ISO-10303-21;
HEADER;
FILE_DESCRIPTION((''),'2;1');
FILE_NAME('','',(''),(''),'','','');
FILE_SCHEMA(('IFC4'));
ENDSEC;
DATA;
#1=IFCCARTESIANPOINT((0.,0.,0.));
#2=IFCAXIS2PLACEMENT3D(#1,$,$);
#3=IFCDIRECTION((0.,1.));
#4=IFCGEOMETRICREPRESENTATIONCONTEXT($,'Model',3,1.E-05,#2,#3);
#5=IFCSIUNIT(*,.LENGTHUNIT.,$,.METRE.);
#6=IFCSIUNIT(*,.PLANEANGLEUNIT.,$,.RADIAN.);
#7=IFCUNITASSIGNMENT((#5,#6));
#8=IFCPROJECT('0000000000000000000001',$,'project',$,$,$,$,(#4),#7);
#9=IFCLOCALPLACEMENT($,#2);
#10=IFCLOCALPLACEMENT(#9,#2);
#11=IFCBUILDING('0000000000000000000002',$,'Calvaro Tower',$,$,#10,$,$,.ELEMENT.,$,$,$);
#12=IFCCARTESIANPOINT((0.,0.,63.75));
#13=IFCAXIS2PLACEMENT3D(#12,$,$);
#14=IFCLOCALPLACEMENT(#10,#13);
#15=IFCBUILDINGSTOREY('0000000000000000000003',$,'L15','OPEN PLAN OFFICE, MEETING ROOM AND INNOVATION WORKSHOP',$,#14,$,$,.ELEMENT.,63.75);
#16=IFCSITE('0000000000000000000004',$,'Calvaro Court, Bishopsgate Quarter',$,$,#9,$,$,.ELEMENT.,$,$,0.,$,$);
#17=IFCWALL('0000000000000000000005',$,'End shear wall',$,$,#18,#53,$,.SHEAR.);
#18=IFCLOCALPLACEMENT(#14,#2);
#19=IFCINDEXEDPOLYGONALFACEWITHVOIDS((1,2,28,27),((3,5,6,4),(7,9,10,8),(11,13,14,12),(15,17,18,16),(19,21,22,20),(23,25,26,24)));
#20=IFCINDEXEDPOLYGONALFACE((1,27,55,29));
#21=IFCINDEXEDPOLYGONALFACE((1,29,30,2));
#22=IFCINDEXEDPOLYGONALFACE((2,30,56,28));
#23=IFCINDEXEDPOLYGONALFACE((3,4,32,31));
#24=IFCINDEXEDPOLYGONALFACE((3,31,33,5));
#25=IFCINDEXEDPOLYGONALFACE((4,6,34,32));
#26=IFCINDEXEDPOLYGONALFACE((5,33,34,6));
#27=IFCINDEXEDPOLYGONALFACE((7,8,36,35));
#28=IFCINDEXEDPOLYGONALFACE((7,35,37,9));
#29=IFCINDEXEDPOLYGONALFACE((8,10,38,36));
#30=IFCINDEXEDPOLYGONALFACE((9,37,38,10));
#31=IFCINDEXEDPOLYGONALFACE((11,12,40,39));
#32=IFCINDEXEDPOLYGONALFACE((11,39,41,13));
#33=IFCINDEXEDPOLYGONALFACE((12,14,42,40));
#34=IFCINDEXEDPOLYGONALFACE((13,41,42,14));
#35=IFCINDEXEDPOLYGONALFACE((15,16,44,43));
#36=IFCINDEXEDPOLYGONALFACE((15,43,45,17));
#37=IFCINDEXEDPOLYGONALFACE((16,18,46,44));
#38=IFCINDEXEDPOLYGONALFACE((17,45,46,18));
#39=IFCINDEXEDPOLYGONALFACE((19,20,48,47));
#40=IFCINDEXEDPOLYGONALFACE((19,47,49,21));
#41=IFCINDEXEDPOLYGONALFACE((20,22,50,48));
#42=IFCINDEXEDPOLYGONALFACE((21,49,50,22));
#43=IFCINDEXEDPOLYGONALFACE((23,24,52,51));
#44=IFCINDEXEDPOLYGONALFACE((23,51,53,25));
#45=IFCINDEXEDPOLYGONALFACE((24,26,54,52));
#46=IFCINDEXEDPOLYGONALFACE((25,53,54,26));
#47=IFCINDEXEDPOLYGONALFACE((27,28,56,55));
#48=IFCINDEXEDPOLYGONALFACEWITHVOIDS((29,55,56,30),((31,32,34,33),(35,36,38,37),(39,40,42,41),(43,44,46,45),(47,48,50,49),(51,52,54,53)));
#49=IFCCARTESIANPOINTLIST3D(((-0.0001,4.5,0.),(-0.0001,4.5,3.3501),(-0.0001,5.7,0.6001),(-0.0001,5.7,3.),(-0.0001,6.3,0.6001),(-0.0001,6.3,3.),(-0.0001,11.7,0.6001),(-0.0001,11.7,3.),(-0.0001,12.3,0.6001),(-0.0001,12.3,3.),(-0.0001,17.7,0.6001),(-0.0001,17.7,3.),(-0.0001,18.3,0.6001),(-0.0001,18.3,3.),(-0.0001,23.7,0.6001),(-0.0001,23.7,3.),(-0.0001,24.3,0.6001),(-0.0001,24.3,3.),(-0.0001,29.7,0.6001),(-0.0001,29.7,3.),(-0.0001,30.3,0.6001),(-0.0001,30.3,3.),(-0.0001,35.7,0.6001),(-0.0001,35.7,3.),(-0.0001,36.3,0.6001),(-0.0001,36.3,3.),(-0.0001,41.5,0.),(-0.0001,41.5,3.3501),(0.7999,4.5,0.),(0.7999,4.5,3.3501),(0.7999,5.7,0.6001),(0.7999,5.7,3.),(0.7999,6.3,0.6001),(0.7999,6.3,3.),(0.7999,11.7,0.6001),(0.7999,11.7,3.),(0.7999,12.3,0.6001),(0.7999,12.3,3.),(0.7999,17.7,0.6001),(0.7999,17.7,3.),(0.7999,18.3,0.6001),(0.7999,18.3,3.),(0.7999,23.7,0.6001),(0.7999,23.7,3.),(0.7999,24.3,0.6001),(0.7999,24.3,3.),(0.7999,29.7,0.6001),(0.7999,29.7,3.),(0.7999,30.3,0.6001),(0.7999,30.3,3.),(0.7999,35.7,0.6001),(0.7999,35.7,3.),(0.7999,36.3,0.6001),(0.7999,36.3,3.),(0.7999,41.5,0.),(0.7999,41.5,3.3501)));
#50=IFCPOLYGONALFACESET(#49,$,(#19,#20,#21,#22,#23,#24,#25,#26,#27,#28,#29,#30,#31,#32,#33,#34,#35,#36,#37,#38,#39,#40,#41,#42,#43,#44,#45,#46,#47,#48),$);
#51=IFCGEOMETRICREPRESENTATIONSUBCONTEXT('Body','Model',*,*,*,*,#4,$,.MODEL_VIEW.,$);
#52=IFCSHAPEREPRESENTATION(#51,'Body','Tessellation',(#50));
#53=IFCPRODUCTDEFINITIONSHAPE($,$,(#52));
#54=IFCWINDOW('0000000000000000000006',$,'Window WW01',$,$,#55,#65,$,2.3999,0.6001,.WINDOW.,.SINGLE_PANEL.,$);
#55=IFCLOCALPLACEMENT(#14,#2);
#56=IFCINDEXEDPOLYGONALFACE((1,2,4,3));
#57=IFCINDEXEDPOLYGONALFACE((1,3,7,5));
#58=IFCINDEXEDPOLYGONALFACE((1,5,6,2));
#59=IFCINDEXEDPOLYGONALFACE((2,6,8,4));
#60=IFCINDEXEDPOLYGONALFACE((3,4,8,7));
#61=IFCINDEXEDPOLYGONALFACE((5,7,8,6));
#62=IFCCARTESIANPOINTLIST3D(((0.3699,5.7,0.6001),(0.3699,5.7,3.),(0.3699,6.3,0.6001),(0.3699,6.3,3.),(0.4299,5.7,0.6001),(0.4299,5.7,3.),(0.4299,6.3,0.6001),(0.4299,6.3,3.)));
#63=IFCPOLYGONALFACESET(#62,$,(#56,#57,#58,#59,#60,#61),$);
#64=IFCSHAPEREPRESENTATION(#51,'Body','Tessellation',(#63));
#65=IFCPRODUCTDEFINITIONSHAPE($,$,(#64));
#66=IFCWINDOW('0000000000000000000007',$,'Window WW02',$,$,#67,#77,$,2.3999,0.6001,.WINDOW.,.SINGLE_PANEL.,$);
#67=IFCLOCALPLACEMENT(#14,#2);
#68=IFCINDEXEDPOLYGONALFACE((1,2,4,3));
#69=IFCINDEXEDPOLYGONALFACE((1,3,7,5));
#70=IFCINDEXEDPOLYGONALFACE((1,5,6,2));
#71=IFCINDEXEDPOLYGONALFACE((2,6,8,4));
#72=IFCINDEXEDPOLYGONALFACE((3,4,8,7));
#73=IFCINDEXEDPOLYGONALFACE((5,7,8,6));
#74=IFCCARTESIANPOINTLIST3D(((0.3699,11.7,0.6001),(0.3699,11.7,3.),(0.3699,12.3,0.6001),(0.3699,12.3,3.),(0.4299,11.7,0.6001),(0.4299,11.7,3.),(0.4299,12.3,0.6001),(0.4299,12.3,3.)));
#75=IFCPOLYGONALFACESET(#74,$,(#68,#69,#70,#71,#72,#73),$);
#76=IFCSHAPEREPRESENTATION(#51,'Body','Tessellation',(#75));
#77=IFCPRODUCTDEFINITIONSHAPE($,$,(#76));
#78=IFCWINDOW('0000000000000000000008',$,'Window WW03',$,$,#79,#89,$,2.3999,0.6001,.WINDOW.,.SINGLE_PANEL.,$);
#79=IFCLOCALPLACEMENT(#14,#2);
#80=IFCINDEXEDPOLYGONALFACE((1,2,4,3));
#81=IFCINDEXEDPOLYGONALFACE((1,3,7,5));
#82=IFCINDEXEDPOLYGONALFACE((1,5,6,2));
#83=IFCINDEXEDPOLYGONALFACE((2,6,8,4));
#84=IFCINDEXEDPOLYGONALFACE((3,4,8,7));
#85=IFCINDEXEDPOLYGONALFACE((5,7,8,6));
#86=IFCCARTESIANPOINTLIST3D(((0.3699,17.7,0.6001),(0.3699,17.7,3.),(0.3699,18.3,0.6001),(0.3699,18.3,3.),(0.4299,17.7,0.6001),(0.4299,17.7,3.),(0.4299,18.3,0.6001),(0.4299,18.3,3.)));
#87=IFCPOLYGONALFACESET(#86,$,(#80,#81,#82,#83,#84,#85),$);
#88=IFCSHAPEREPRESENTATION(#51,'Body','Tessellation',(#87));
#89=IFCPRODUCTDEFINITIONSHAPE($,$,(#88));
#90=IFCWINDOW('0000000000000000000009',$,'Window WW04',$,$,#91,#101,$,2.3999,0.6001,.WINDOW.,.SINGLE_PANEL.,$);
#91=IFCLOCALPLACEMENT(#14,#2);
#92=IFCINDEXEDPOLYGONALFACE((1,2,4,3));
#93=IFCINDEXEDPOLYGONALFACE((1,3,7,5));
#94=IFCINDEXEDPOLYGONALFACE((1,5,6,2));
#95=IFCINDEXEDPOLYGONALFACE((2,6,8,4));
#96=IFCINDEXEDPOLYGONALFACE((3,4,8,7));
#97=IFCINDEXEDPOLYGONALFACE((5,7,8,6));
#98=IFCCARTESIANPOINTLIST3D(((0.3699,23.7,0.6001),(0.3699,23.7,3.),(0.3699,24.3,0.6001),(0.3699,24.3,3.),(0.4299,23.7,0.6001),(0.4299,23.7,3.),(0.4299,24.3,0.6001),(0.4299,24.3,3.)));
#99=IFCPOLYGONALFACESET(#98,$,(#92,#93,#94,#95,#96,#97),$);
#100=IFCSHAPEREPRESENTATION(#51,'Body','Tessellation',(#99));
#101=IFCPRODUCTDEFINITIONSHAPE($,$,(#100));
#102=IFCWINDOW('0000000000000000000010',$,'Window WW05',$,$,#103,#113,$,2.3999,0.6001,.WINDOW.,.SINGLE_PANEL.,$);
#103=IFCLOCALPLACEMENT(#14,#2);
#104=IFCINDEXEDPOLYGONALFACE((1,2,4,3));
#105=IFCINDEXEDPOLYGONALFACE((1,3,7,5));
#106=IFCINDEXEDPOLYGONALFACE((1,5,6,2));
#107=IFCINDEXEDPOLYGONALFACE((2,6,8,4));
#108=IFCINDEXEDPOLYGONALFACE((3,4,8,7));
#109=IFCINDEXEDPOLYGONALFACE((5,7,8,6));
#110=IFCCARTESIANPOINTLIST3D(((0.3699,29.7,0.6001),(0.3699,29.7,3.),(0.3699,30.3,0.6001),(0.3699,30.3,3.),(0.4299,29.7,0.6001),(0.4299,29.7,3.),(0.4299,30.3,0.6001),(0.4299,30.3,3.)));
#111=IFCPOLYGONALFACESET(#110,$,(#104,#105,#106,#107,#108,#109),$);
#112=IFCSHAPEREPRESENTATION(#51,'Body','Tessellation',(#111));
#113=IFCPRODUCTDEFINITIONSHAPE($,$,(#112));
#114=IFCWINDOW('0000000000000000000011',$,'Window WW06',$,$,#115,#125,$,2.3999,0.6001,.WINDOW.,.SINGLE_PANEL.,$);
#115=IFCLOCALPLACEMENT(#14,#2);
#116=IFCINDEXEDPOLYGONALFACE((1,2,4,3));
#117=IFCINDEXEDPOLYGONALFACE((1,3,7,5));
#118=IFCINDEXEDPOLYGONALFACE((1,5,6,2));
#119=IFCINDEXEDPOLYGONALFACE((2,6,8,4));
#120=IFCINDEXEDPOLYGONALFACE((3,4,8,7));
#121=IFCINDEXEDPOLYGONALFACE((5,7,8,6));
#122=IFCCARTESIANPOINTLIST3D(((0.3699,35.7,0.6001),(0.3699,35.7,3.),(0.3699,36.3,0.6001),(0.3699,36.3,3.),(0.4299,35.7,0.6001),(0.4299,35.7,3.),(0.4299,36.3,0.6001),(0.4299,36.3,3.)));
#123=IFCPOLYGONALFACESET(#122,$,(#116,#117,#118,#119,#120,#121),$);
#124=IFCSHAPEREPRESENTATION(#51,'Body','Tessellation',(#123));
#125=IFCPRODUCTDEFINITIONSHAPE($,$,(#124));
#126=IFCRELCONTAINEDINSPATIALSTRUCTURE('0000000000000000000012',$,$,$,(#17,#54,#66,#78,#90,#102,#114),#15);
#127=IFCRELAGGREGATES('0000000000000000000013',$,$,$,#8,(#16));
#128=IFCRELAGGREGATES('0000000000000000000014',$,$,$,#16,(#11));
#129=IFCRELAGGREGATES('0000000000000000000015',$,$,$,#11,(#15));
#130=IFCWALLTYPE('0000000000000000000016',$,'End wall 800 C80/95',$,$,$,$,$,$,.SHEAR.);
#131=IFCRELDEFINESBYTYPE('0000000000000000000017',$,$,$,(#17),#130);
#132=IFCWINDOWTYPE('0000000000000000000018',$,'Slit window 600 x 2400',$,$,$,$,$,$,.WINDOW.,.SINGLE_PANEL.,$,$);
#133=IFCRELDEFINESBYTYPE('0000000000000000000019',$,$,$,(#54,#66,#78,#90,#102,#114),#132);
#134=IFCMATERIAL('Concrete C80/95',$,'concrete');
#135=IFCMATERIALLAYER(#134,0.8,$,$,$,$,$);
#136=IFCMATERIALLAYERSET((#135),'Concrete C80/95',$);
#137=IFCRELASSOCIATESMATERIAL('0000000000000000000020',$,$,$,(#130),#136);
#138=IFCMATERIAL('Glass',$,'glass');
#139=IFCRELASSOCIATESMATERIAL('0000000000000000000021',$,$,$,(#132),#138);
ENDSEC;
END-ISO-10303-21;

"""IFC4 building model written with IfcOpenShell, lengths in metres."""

from ifc_helpers import new_model, si_unit, direction, frame, frame_2d, origin, place, context, subcontext, project, spatial, rectangle, extrude, material, layer, layer_set, type_object, element, fill, save


model = new_model("IFC4")

# Units and contexts
model_context = context("Model", 3, precision=1e-05, world=origin(), true_north=direction((0.0, 1.0)))
body_context = subcontext(model_context, "Body", "Model", "MODEL_VIEW")
ifc_project = project(units=[si_unit("LENGTHUNIT", "METRE"), si_unit("PLANEANGLEUNIT", "RADIAN")], contexts=[model_context])

# Site, building, storey
site_placement = place(None, origin())
site = spatial("IfcSite", under=ifc_project, at=site_placement, Name="Calvaro Court, Bishopsgate Quarter", CompositionType="ELEMENT", RefElevation=0.0)
building_placement = place(site_placement, origin())
building = spatial("IfcBuilding", under=site, at=building_placement, Name="Calvaro Tower", CompositionType="ELEMENT")
storey_placement = place(building_placement, frame((0.0, 0.0, 63.75)))
storey = spatial("IfcBuildingStorey", under=building, at=storey_placement, Name="L15", Description="OPEN PLAN OFFICE, MEETING ROOM AND INNOVATION WORKSHOP", CompositionType="ELEMENT", Elevation=63.75)

# Wall, openings, windows
ifc_material_1 = material(Name="Concrete C80/95", Category="concrete")
ifc_layer_1 = layer(ifc_material_1, 0.8)
ifc_layer_set_1 = layer_set([ifc_layer_1], Name="Concrete C80/95")
wall_type = type_object("IfcWallType", Name="End wall 800 C80/95", PredefinedType="SHEAR", material=ifc_layer_set_1)
wall_placement = place(storey_placement, frame((0.3999, 4.5, 0.0), z_axis=(0.0, 0.0, 1.0), x_axis=(0.0, 1.0, 0.0)))
wall = element("IfcWall", 1, at=wall_placement, inside=storey, type_object=wall_type, Name="End shear wall", PredefinedType="SHEAR", context=body_context, shape_type="SweptSolid", body=[
    extrude(rectangle(XDim=37.0, YDim=0.8, at=frame_2d((18.5, 0.0))), origin(), (0.0, 0.0, 1.0), 3.3501),
])
opening_1_placement = place(wall_placement, frame((1.2, 0.0, 0.6001)))
opening_1 = element("IfcOpeningElement", 2, at=opening_1_placement, cuts=wall, PredefinedType="OPENING", context=body_context, shape_type="SweptSolid", body=[
    extrude(rectangle(XDim=0.6001, YDim=2.3999, at=frame_2d((0.3, 1.2))), frame((0.0, 0.4099, 0.0), z_axis=(0.0, -1.0, 0.0), x_axis=(1.0, 0.0, 0.0)), (0.0, 0.0, 1.0), 0.8201),
])
opening_2_placement = place(wall_placement, frame((7.2, 0.0, 0.6001)))
opening_2 = element("IfcOpeningElement", 3, at=opening_2_placement, cuts=wall, PredefinedType="OPENING", context=body_context, shape_type="SweptSolid", body=[
    extrude(rectangle(XDim=0.6001, YDim=2.3999, at=frame_2d((0.3, 1.2))), frame((0.0, 0.4099, 0.0), z_axis=(0.0, -1.0, 0.0), x_axis=(1.0, 0.0, 0.0)), (0.0, 0.0, 1.0), 0.8201),
])
opening_3_placement = place(wall_placement, frame((13.2, 0.0, 0.6001)))
opening_3 = element("IfcOpeningElement", 4, at=opening_3_placement, cuts=wall, PredefinedType="OPENING", context=body_context, shape_type="SweptSolid", body=[
    extrude(rectangle(XDim=0.6001, YDim=2.3999, at=frame_2d((0.3, 1.2))), frame((0.0, 0.4099, 0.0), z_axis=(0.0, -1.0, 0.0), x_axis=(1.0, 0.0, 0.0)), (0.0, 0.0, 1.0), 0.8201),
])
opening_4_placement = place(wall_placement, frame((19.2, 0.0, 0.6001)))
opening_4 = element("IfcOpeningElement", 5, at=opening_4_placement, cuts=wall, PredefinedType="OPENING", context=body_context, shape_type="SweptSolid", body=[
    extrude(rectangle(XDim=0.6001, YDim=2.3999, at=frame_2d((0.3, 1.2))), frame((0.0, 0.4099, 0.0), z_axis=(0.0, -1.0, 0.0), x_axis=(1.0, 0.0, 0.0)), (0.0, 0.0, 1.0), 0.8201),
])
opening_5_placement = place(wall_placement, frame((25.2, 0.0, 0.6001)))
opening_5 = element("IfcOpeningElement", 6, at=opening_5_placement, cuts=wall, PredefinedType="OPENING", context=body_context, shape_type="SweptSolid", body=[
    extrude(rectangle(XDim=0.6001, YDim=2.3999, at=frame_2d((0.3, 1.2))), frame((0.0, 0.4099, 0.0), z_axis=(0.0, -1.0, 0.0), x_axis=(1.0, 0.0, 0.0)), (0.0, 0.0, 1.0), 0.8201),
])
opening_6_placement = place(wall_placement, frame((31.2, 0.0, 0.6001)))
opening_6 = element("IfcOpeningElement", 7, at=opening_6_placement, cuts=wall, PredefinedType="OPENING", context=body_context, shape_type="SweptSolid", body=[
    extrude(rectangle(XDim=0.6001, YDim=2.3999, at=frame_2d((0.3, 1.2))), frame((0.0, 0.4099, 0.0), z_axis=(0.0, -1.0, 0.0), x_axis=(1.0, 0.0, 0.0)), (0.0, 0.0, 1.0), 0.8201),
])
ifc_material_2 = material(Name="Glass", Category="glass")
window_type = type_object("IfcWindowType", Name="Slit window 600 x 2400", PartitioningType="SINGLE_PANEL", PredefinedType="WINDOW", material=ifc_material_2)
window_1_placement = place(opening_1_placement, origin())
window_1 = element("IfcWindow", 8, at=window_1_placement, inside=storey, type_object=window_type, Name="Window WW01", OverallHeight=2.3999, OverallWidth=0.6001, PartitioningType="SINGLE_PANEL", PredefinedType="WINDOW", context=body_context, shape_type="SweptSolid", body=[
    extrude(rectangle(XDim=0.6001, YDim=2.3999, at=frame_2d((0.3, 1.2))), frame((0.0, 0.03, 0.0), z_axis=(0.0, -1.0, 0.0), x_axis=(1.0, 0.0, 0.0)), (0.0, 0.0, 1.0), 0.0601),
])
fill(opening_1, window_1)
window_2_placement = place(opening_2_placement, origin())
window_2 = element("IfcWindow", 9, at=window_2_placement, inside=storey, type_object=window_type, Name="Window WW02", OverallHeight=2.3999, OverallWidth=0.6001, PartitioningType="SINGLE_PANEL", PredefinedType="WINDOW", context=body_context, shape_type="SweptSolid", body=[
    extrude(rectangle(XDim=0.6001, YDim=2.3999, at=frame_2d((0.3, 1.2))), frame((0.0, 0.03, 0.0), z_axis=(0.0, -1.0, 0.0), x_axis=(1.0, 0.0, 0.0)), (0.0, 0.0, 1.0), 0.0601),
])
fill(opening_2, window_2)
window_3_placement = place(opening_3_placement, origin())
window_3 = element("IfcWindow", 10, at=window_3_placement, inside=storey, type_object=window_type, Name="Window WW03", OverallHeight=2.3999, OverallWidth=0.6001, PartitioningType="SINGLE_PANEL", PredefinedType="WINDOW", context=body_context, shape_type="SweptSolid", body=[
    extrude(rectangle(XDim=0.6001, YDim=2.3999, at=frame_2d((0.3, 1.2))), frame((0.0, 0.03, 0.0), z_axis=(0.0, -1.0, 0.0), x_axis=(1.0, 0.0, 0.0)), (0.0, 0.0, 1.0), 0.0601),
])
fill(opening_3, window_3)
window_4_placement = place(opening_4_placement, origin())
window_4 = element("IfcWindow", 11, at=window_4_placement, inside=storey, type_object=window_type, Name="Window WW04", OverallHeight=2.3999, OverallWidth=0.6001, PartitioningType="SINGLE_PANEL", PredefinedType="WINDOW", context=body_context, shape_type="SweptSolid", body=[
    extrude(rectangle(XDim=0.6001, YDim=2.3999, at=frame_2d((0.3, 1.2))), frame((0.0, 0.03, 0.0), z_axis=(0.0, -1.0, 0.0), x_axis=(1.0, 0.0, 0.0)), (0.0, 0.0, 1.0), 0.0601),
])
fill(opening_4, window_4)
window_5_placement = place(opening_5_placement, origin())
window_5 = element("IfcWindow", 12, at=window_5_placement, inside=storey, type_object=window_type, Name="Window WW05", OverallHeight=2.3999, OverallWidth=0.6001, PartitioningType="SINGLE_PANEL", PredefinedType="WINDOW", context=body_context, shape_type="SweptSolid", body=[
    extrude(rectangle(XDim=0.6001, YDim=2.3999, at=frame_2d((0.3, 1.2))), frame((0.0, 0.03, 0.0), z_axis=(0.0, -1.0, 0.0), x_axis=(1.0, 0.0, 0.0)), (0.0, 0.0, 1.0), 0.0601),
])
fill(opening_5, window_5)
window_6_placement = place(opening_6_placement, origin())
window_6 = element("IfcWindow", 13, at=window_6_placement, inside=storey, type_object=window_type, Name="Window WW06", OverallHeight=2.3999, OverallWidth=0.6001, PartitioningType="SINGLE_PANEL", PredefinedType="WINDOW", context=body_context, shape_type="SweptSolid", body=[
    extrude(rectangle(XDim=0.6001, YDim=2.3999, at=frame_2d((0.3, 1.2))), frame((0.0, 0.03, 0.0), z_axis=(0.0, -1.0, 0.0), x_axis=(1.0, 0.0, 0.0)), (0.0, 0.0, 1.0), 0.0601),
])
fill(opening_6, window_6)

save(model, "model.ifc")
